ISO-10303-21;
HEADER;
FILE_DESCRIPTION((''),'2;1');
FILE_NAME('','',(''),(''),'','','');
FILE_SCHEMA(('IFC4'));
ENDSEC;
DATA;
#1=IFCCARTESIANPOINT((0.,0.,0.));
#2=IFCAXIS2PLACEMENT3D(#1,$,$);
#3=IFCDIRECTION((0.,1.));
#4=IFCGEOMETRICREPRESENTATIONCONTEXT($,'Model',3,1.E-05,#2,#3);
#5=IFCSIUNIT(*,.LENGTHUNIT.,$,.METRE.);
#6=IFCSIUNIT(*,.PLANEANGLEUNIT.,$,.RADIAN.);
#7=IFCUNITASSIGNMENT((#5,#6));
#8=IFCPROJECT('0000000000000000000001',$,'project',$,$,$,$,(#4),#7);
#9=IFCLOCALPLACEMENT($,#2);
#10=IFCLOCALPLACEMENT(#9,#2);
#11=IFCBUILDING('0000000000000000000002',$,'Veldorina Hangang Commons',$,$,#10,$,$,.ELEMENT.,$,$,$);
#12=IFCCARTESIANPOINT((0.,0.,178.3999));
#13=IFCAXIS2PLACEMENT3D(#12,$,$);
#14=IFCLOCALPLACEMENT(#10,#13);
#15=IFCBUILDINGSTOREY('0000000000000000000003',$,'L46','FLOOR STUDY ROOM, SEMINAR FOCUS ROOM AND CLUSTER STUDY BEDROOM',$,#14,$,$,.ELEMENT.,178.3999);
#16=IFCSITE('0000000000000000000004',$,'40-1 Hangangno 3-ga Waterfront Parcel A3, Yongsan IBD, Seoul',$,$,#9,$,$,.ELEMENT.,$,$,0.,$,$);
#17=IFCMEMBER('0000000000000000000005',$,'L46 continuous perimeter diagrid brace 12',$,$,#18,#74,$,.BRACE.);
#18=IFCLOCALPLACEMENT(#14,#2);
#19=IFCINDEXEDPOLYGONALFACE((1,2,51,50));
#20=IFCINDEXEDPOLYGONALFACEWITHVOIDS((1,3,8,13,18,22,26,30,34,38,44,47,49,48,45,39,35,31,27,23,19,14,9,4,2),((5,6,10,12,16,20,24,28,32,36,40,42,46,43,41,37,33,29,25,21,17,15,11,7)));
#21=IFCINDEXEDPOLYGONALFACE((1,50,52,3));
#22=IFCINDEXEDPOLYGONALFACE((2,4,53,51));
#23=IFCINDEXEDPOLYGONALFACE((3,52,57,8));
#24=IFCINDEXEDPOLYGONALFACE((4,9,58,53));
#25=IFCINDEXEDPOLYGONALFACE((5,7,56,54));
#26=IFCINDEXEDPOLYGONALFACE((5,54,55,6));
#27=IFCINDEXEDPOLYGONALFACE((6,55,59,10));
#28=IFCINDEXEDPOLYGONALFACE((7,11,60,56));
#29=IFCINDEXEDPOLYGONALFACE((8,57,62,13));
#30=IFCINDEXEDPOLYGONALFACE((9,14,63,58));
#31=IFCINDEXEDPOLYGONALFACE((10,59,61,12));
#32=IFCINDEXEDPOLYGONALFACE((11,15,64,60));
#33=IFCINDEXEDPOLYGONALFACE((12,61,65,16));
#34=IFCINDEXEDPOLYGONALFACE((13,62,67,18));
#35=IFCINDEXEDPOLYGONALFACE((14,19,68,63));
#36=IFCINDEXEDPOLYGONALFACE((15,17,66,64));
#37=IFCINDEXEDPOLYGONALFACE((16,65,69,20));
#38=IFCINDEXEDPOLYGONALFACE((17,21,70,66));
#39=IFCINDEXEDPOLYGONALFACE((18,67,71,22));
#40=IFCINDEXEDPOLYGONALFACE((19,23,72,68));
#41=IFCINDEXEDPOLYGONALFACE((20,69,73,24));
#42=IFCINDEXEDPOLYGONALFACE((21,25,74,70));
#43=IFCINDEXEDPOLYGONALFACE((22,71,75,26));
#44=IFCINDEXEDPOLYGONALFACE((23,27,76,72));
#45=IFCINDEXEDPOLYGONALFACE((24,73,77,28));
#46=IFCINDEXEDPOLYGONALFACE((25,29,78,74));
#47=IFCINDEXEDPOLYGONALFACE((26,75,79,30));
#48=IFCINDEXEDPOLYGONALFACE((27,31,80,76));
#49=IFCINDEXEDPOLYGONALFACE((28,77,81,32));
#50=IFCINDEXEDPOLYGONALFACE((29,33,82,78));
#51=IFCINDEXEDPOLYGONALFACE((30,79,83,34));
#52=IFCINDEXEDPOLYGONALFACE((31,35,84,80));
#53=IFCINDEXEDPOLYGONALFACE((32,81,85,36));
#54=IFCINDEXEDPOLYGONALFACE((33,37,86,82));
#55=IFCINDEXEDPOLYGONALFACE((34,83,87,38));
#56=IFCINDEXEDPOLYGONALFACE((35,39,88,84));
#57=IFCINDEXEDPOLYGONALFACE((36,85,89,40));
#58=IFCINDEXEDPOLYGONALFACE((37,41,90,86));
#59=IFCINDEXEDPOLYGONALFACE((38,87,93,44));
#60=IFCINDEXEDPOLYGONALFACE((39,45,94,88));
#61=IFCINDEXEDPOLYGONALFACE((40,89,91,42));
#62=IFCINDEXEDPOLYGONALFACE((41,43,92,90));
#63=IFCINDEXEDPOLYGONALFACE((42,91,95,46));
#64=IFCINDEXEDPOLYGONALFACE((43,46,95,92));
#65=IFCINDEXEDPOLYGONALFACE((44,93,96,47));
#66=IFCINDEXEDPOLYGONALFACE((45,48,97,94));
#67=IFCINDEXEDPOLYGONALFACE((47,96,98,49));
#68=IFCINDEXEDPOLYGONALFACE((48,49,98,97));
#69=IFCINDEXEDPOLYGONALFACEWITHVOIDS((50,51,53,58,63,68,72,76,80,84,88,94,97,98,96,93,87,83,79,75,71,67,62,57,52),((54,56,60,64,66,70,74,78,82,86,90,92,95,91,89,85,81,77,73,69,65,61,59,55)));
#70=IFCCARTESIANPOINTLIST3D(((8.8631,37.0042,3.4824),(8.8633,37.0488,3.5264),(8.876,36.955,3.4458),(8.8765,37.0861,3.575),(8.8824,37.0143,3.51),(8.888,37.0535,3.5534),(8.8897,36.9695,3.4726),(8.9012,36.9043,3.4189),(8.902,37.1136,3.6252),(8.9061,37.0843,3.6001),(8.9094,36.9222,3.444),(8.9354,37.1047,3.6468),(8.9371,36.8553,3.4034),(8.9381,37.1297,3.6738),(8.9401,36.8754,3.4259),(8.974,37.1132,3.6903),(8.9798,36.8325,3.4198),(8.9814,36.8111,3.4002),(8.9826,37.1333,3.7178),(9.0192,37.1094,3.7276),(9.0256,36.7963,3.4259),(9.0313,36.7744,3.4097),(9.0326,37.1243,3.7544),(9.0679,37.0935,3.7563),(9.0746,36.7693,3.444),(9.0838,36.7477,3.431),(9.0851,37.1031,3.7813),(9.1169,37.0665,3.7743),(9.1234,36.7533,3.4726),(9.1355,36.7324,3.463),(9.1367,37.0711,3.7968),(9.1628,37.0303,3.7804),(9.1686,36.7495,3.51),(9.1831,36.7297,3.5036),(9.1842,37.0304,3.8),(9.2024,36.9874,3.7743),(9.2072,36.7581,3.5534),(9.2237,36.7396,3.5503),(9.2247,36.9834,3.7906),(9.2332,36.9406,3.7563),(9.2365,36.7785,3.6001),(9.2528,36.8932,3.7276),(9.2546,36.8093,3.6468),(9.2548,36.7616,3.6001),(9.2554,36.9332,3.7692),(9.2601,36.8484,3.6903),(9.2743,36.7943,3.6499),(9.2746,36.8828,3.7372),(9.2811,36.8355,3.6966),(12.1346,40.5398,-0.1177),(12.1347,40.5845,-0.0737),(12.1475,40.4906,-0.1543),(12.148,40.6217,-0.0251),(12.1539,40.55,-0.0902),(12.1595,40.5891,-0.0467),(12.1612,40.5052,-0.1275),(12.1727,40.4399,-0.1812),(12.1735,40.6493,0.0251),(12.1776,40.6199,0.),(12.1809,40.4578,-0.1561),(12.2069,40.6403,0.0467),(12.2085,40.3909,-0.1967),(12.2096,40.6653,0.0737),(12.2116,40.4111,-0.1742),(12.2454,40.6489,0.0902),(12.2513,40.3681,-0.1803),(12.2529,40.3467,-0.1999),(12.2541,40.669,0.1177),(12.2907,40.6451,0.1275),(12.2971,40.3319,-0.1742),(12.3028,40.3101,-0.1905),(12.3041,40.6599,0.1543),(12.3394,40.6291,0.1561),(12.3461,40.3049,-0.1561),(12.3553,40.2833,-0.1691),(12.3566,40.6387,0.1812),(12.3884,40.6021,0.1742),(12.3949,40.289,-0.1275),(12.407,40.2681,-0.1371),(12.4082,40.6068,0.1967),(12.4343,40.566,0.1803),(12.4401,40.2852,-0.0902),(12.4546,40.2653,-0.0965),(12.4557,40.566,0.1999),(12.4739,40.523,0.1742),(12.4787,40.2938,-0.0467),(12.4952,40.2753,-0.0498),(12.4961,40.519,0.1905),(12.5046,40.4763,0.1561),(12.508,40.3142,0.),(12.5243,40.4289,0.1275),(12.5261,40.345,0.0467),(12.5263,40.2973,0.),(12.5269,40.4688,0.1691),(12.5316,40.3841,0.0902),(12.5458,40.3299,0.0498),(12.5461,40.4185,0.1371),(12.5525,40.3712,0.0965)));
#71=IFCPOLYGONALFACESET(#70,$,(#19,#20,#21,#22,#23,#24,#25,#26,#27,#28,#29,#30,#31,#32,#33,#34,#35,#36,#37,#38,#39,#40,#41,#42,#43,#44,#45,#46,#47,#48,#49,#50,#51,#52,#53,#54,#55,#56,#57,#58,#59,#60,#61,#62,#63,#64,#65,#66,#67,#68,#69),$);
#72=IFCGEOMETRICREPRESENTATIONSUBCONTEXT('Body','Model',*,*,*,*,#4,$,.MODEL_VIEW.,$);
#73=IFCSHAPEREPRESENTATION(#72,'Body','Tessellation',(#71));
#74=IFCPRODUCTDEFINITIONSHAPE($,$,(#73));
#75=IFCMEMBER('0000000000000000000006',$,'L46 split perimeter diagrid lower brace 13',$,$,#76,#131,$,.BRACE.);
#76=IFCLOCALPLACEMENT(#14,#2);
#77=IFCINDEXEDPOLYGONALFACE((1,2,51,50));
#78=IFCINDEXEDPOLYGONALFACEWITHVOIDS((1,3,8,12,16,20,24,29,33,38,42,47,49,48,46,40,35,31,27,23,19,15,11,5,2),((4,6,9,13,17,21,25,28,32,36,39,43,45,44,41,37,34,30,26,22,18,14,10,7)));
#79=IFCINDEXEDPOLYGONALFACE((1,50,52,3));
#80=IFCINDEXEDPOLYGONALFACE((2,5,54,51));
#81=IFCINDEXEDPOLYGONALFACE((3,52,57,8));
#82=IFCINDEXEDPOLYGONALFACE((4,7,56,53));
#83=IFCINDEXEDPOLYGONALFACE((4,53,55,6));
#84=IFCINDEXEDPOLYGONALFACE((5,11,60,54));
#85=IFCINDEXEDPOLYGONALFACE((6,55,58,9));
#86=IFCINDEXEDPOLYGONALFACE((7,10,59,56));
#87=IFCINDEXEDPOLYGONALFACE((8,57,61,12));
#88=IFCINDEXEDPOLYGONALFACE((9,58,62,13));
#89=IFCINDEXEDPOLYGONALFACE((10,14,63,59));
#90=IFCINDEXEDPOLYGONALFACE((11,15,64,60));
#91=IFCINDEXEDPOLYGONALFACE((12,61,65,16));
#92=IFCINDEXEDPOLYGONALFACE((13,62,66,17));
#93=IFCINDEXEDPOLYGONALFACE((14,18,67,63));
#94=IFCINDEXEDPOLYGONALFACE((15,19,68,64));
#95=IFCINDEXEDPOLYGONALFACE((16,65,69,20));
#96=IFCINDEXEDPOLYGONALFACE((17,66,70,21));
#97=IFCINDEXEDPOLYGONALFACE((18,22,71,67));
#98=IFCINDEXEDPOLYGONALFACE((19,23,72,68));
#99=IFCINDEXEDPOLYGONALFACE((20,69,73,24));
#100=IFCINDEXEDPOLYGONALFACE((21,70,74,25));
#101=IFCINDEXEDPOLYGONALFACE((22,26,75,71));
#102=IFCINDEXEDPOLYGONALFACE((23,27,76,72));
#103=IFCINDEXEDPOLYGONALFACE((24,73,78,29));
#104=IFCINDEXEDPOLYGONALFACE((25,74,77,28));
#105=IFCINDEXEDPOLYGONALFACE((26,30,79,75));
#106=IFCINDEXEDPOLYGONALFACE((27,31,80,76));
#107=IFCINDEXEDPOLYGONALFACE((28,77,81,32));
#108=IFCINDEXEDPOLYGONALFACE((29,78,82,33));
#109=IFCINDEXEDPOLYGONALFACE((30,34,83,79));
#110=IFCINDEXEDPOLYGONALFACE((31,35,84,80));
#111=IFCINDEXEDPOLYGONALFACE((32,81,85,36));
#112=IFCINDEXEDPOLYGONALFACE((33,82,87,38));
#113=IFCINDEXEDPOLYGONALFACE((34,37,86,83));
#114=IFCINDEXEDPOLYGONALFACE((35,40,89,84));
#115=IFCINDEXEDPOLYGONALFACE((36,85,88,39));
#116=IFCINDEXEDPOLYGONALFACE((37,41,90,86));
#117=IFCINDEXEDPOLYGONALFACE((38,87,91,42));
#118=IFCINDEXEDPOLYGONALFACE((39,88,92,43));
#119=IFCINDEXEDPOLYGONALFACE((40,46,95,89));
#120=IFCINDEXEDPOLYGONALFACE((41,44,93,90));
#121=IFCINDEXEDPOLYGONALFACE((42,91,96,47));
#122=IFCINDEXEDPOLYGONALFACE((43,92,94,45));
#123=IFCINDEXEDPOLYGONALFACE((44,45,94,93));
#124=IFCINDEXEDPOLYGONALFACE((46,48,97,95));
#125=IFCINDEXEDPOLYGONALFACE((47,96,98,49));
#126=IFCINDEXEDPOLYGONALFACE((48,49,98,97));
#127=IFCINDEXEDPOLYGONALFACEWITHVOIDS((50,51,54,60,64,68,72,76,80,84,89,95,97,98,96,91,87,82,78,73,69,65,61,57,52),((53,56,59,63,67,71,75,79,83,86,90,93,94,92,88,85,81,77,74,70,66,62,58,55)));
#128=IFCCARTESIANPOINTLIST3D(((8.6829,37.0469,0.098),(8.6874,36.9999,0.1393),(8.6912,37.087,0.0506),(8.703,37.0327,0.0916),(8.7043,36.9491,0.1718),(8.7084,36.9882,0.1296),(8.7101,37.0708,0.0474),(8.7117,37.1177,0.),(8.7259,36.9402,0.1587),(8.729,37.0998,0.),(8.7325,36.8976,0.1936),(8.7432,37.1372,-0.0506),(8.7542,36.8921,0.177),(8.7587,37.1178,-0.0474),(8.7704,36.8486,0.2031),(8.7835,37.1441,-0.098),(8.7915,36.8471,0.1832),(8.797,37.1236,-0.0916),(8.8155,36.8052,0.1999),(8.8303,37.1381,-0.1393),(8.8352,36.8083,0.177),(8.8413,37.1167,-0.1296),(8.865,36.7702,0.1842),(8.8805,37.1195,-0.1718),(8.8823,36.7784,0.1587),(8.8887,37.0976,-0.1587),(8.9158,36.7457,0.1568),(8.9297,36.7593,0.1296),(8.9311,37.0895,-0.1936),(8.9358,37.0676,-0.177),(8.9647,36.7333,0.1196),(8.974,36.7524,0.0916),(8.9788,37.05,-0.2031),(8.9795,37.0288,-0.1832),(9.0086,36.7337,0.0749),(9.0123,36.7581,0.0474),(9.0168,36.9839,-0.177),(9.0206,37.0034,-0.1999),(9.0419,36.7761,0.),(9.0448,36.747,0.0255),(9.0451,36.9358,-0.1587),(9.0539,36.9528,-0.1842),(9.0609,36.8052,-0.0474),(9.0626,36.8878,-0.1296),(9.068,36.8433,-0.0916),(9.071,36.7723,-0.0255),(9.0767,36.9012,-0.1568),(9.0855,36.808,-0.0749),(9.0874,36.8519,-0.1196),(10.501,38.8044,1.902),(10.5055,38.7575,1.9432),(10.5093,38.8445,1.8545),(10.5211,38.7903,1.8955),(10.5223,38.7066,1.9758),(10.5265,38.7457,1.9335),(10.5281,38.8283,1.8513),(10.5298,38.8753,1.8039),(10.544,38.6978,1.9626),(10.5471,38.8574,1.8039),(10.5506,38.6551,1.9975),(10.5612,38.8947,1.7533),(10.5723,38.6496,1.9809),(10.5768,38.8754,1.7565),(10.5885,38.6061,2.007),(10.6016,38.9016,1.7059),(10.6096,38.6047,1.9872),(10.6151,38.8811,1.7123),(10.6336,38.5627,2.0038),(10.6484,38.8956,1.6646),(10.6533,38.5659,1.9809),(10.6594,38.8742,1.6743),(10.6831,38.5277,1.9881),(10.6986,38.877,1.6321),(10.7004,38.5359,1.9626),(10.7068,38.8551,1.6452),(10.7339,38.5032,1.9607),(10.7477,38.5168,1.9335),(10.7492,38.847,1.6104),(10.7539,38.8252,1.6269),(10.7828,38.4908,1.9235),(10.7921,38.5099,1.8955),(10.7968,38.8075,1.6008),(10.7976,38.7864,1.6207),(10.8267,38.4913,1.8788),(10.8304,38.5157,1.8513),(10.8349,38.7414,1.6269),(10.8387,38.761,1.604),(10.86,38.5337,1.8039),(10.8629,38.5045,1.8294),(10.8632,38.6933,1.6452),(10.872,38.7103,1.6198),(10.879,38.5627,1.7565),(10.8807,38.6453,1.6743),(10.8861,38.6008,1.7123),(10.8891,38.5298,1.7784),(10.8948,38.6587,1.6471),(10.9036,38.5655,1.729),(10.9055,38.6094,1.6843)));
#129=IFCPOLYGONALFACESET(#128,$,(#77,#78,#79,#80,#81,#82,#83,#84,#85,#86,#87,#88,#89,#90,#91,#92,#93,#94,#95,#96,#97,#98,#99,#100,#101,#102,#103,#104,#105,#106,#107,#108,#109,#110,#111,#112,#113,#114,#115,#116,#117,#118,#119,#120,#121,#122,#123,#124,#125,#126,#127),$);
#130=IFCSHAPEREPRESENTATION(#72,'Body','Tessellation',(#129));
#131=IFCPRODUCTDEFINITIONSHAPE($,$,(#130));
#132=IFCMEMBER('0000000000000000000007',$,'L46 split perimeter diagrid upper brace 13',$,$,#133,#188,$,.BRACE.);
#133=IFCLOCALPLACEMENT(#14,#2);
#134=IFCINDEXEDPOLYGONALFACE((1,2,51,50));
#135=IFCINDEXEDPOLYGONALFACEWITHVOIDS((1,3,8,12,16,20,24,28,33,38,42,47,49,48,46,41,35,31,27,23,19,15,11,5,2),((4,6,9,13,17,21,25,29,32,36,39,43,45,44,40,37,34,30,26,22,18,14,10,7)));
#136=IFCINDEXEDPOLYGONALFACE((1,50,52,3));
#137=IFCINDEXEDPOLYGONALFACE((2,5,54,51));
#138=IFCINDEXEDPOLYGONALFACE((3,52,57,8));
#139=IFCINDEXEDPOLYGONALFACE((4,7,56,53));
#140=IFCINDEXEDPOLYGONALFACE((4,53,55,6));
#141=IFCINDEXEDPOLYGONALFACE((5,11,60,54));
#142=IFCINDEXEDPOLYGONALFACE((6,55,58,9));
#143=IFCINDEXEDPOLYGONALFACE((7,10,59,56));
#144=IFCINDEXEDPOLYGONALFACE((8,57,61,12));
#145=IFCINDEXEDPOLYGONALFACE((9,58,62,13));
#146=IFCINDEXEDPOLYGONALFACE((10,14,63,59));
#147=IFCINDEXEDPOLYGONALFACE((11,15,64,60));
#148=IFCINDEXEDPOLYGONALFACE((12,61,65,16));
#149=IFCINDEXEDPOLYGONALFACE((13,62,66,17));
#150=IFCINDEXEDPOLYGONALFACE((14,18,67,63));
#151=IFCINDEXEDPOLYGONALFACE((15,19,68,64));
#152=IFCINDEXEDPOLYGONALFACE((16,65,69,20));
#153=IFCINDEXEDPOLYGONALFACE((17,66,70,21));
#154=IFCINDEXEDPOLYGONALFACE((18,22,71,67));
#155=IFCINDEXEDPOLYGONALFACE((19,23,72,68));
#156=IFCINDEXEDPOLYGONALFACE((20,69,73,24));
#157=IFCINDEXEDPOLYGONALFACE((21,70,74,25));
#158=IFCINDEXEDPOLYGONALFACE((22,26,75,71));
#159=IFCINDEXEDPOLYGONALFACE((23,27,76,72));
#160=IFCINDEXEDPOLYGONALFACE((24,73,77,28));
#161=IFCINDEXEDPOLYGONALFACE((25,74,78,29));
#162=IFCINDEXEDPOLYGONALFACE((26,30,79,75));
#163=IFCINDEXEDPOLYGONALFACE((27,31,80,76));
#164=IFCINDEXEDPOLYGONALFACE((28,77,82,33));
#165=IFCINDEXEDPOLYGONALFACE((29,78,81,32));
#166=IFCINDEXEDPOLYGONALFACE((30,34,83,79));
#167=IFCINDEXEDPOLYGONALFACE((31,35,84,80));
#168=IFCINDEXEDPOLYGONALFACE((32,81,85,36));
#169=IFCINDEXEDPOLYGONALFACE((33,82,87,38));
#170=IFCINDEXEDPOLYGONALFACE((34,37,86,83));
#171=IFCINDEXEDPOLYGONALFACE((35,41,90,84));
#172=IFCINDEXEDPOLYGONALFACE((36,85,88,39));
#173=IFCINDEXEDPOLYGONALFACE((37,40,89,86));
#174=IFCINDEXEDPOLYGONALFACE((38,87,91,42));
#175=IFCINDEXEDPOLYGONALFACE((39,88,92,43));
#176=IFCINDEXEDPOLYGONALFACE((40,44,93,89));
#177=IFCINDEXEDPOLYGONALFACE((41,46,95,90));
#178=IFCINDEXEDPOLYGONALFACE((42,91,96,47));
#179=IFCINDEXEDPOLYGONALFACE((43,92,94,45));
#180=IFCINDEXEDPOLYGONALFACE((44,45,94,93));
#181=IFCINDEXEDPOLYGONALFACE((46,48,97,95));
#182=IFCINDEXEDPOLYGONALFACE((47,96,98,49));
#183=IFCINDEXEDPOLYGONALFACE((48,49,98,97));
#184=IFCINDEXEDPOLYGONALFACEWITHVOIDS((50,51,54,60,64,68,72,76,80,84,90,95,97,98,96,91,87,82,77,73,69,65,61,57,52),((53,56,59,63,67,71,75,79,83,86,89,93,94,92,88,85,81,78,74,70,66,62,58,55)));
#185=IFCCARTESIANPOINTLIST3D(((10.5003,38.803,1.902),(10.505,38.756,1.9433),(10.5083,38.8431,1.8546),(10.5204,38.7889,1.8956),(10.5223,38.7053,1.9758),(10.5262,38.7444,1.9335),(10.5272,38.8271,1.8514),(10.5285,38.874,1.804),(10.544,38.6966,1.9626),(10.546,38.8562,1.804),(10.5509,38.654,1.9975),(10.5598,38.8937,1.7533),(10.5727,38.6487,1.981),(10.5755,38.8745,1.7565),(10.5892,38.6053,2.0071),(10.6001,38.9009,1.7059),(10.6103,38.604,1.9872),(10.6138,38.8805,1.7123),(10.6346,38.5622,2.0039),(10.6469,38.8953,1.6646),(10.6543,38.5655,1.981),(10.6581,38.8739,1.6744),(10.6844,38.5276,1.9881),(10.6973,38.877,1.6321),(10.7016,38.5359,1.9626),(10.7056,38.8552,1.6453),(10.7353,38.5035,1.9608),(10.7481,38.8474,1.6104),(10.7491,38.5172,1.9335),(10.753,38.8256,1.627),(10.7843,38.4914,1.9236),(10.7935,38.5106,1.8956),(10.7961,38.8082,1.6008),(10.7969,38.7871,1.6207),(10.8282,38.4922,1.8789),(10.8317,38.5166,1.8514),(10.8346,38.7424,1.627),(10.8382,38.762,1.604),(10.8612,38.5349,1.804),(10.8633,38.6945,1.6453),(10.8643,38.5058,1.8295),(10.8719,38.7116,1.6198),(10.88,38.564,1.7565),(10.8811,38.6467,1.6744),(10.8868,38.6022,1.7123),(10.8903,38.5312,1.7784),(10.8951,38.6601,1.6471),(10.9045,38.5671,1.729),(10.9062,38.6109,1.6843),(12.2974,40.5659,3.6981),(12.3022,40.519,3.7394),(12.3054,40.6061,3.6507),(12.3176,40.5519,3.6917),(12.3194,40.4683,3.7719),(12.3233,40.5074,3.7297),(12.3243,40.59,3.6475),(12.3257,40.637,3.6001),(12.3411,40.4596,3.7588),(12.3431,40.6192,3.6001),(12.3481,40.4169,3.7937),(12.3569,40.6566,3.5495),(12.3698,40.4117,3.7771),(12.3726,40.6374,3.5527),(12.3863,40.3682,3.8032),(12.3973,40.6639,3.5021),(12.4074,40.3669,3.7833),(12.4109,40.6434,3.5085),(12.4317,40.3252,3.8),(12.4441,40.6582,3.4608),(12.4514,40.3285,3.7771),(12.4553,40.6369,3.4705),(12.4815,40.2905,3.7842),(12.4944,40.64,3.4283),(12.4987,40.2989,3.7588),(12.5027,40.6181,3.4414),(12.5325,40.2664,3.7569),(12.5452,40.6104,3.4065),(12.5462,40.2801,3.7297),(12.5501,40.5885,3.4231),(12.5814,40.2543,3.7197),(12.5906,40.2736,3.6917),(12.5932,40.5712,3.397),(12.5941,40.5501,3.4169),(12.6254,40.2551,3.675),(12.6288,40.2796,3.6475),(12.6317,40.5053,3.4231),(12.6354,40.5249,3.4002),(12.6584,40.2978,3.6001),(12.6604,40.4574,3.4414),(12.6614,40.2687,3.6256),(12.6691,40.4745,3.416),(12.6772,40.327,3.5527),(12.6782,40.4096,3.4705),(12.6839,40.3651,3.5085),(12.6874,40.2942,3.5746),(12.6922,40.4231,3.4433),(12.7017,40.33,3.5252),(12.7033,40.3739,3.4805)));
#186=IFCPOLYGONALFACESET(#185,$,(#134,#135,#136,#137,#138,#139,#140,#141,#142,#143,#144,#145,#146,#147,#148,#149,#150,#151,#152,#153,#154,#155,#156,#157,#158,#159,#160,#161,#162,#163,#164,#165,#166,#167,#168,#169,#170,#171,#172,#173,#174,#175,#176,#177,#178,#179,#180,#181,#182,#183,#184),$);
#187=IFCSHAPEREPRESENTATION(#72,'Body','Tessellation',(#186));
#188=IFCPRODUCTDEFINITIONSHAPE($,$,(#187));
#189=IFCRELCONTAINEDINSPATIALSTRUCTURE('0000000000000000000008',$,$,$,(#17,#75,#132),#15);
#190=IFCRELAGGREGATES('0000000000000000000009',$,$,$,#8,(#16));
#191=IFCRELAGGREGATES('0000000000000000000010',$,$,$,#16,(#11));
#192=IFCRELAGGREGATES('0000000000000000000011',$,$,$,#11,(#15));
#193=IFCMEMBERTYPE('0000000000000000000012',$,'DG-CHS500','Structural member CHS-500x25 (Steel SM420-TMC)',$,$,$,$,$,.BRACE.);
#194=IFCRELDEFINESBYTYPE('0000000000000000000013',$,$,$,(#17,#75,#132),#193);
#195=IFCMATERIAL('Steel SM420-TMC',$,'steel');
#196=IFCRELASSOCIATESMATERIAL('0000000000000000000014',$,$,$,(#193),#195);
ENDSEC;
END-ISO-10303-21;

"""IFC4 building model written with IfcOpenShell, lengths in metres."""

from ifc_helpers import new_model, si_unit, direction, frame, origin, origin_2d, place, context, subcontext, project, spatial, hollow_circle, extrude, material, material_profile, profile_set, type_object, element, save


model = new_model("IFC4")

# Units and contexts
model_context = context("Model", 3, precision=1e-05, world=origin(), true_north=direction((0.0, 1.0)))
body_context = subcontext(model_context, "Body", "Model", "MODEL_VIEW")
ifc_project = project(units=[si_unit("LENGTHUNIT", "METRE"), si_unit("PLANEANGLEUNIT", "RADIAN")], contexts=[model_context])

# Site, building, storey
site_placement = place(None, origin())
site = spatial("IfcSite", under=ifc_project, at=site_placement, Name="40-1 Hangangno 3-ga Waterfront Parcel A3, Yongsan IBD, Seoul", CompositionType="ELEMENT", RefElevation=0.0)
building_placement = place(site_placement, origin())
building = spatial("IfcBuilding", under=site, at=building_placement, Name="Veldorina Hangang Commons", CompositionType="ELEMENT")
storey_placement = place(building_placement, frame((0.0, 0.0, 178.3999)))
storey = spatial("IfcBuildingStorey", under=building, at=storey_placement, Name="L46", Description="FLOOR STUDY ROOM, SEMINAR FOCUS ROOM AND CLUSTER STUDY BEDROOM", CompositionType="ELEMENT", Elevation=178.3999)

# Shared definitions
ifc_material_1 = material(Name="Steel SM420-TMC", Category="steel")

# Members
ifc_material_profile_1 = material_profile(ifc_material_1, hollow_circle(Radius=0.25, WallThickness=0.0249, at=origin_2d()), Name="CHS-500x25")
ifc_profile_set_1 = profile_set([ifc_material_profile_1], Name="Steel SM420-TMC")
member_type = type_object("IfcMemberType", Name="DG-CHS500", Description="Structural member CHS-500x25 (Steel SM420-TMC)", PredefinedType="BRACE", material=ifc_profile_set_1)
member_1_placement = place(storey_placement, frame((12.3428, 40.467, 0.0), z_axis=(-0.544009, -0.587936, 0.598653), x_axis=(0.733995, -0.679155, 0.0)))
element("IfcMember", 1, at=member_1_placement, inside=storey, type_object=member_type, Name="L46 continuous perimeter diagrid brace 12", PredefinedType="BRACE", context=body_context, shape_type="SweptSolid", body=[
    extrude(hollow_circle(Radius=0.25, WallThickness=0.0249, at=origin_2d()), origin(), (0.0, 0.0, 1.0), 6.0137),
])
member_2_placement = place(storey_placement, frame((8.8855, 36.938, 0.0), z_axis=(0.585307, 0.565815, 0.580748), x_axis=(-0.695034, 0.718977, 0.0)))
element("IfcMember", 2, at=member_2_placement, inside=storey, type_object=member_type, Name="L46 split perimeter diagrid lower brace 13", PredefinedType="BRACE", context=body_context, shape_type="SweptSolid", body=[
    extrude(hollow_circle(Radius=0.25, WallThickness=0.0249, at=origin_2d()), origin(), (0.0, 0.0, 1.0), 3.1062),
])
member_3_placement = place(storey_placement, frame((10.7036, 38.6956, 1.804), z_axis=(0.581117, 0.570064, 0.580801), x_axis=(-0.700286, 0.713863, 0.0)))
element("IfcMember", 3, at=member_3_placement, inside=storey, type_object=member_type, Name="L46 split perimeter diagrid upper brace 13", PredefinedType="BRACE", context=body_context, shape_type="SweptSolid", body=[
    extrude(hollow_circle(Radius=0.25, WallThickness=0.0249, at=origin_2d()), origin(), (0.0, 0.0, 1.0), 3.0925),
])

save(model, "model.ifc")
